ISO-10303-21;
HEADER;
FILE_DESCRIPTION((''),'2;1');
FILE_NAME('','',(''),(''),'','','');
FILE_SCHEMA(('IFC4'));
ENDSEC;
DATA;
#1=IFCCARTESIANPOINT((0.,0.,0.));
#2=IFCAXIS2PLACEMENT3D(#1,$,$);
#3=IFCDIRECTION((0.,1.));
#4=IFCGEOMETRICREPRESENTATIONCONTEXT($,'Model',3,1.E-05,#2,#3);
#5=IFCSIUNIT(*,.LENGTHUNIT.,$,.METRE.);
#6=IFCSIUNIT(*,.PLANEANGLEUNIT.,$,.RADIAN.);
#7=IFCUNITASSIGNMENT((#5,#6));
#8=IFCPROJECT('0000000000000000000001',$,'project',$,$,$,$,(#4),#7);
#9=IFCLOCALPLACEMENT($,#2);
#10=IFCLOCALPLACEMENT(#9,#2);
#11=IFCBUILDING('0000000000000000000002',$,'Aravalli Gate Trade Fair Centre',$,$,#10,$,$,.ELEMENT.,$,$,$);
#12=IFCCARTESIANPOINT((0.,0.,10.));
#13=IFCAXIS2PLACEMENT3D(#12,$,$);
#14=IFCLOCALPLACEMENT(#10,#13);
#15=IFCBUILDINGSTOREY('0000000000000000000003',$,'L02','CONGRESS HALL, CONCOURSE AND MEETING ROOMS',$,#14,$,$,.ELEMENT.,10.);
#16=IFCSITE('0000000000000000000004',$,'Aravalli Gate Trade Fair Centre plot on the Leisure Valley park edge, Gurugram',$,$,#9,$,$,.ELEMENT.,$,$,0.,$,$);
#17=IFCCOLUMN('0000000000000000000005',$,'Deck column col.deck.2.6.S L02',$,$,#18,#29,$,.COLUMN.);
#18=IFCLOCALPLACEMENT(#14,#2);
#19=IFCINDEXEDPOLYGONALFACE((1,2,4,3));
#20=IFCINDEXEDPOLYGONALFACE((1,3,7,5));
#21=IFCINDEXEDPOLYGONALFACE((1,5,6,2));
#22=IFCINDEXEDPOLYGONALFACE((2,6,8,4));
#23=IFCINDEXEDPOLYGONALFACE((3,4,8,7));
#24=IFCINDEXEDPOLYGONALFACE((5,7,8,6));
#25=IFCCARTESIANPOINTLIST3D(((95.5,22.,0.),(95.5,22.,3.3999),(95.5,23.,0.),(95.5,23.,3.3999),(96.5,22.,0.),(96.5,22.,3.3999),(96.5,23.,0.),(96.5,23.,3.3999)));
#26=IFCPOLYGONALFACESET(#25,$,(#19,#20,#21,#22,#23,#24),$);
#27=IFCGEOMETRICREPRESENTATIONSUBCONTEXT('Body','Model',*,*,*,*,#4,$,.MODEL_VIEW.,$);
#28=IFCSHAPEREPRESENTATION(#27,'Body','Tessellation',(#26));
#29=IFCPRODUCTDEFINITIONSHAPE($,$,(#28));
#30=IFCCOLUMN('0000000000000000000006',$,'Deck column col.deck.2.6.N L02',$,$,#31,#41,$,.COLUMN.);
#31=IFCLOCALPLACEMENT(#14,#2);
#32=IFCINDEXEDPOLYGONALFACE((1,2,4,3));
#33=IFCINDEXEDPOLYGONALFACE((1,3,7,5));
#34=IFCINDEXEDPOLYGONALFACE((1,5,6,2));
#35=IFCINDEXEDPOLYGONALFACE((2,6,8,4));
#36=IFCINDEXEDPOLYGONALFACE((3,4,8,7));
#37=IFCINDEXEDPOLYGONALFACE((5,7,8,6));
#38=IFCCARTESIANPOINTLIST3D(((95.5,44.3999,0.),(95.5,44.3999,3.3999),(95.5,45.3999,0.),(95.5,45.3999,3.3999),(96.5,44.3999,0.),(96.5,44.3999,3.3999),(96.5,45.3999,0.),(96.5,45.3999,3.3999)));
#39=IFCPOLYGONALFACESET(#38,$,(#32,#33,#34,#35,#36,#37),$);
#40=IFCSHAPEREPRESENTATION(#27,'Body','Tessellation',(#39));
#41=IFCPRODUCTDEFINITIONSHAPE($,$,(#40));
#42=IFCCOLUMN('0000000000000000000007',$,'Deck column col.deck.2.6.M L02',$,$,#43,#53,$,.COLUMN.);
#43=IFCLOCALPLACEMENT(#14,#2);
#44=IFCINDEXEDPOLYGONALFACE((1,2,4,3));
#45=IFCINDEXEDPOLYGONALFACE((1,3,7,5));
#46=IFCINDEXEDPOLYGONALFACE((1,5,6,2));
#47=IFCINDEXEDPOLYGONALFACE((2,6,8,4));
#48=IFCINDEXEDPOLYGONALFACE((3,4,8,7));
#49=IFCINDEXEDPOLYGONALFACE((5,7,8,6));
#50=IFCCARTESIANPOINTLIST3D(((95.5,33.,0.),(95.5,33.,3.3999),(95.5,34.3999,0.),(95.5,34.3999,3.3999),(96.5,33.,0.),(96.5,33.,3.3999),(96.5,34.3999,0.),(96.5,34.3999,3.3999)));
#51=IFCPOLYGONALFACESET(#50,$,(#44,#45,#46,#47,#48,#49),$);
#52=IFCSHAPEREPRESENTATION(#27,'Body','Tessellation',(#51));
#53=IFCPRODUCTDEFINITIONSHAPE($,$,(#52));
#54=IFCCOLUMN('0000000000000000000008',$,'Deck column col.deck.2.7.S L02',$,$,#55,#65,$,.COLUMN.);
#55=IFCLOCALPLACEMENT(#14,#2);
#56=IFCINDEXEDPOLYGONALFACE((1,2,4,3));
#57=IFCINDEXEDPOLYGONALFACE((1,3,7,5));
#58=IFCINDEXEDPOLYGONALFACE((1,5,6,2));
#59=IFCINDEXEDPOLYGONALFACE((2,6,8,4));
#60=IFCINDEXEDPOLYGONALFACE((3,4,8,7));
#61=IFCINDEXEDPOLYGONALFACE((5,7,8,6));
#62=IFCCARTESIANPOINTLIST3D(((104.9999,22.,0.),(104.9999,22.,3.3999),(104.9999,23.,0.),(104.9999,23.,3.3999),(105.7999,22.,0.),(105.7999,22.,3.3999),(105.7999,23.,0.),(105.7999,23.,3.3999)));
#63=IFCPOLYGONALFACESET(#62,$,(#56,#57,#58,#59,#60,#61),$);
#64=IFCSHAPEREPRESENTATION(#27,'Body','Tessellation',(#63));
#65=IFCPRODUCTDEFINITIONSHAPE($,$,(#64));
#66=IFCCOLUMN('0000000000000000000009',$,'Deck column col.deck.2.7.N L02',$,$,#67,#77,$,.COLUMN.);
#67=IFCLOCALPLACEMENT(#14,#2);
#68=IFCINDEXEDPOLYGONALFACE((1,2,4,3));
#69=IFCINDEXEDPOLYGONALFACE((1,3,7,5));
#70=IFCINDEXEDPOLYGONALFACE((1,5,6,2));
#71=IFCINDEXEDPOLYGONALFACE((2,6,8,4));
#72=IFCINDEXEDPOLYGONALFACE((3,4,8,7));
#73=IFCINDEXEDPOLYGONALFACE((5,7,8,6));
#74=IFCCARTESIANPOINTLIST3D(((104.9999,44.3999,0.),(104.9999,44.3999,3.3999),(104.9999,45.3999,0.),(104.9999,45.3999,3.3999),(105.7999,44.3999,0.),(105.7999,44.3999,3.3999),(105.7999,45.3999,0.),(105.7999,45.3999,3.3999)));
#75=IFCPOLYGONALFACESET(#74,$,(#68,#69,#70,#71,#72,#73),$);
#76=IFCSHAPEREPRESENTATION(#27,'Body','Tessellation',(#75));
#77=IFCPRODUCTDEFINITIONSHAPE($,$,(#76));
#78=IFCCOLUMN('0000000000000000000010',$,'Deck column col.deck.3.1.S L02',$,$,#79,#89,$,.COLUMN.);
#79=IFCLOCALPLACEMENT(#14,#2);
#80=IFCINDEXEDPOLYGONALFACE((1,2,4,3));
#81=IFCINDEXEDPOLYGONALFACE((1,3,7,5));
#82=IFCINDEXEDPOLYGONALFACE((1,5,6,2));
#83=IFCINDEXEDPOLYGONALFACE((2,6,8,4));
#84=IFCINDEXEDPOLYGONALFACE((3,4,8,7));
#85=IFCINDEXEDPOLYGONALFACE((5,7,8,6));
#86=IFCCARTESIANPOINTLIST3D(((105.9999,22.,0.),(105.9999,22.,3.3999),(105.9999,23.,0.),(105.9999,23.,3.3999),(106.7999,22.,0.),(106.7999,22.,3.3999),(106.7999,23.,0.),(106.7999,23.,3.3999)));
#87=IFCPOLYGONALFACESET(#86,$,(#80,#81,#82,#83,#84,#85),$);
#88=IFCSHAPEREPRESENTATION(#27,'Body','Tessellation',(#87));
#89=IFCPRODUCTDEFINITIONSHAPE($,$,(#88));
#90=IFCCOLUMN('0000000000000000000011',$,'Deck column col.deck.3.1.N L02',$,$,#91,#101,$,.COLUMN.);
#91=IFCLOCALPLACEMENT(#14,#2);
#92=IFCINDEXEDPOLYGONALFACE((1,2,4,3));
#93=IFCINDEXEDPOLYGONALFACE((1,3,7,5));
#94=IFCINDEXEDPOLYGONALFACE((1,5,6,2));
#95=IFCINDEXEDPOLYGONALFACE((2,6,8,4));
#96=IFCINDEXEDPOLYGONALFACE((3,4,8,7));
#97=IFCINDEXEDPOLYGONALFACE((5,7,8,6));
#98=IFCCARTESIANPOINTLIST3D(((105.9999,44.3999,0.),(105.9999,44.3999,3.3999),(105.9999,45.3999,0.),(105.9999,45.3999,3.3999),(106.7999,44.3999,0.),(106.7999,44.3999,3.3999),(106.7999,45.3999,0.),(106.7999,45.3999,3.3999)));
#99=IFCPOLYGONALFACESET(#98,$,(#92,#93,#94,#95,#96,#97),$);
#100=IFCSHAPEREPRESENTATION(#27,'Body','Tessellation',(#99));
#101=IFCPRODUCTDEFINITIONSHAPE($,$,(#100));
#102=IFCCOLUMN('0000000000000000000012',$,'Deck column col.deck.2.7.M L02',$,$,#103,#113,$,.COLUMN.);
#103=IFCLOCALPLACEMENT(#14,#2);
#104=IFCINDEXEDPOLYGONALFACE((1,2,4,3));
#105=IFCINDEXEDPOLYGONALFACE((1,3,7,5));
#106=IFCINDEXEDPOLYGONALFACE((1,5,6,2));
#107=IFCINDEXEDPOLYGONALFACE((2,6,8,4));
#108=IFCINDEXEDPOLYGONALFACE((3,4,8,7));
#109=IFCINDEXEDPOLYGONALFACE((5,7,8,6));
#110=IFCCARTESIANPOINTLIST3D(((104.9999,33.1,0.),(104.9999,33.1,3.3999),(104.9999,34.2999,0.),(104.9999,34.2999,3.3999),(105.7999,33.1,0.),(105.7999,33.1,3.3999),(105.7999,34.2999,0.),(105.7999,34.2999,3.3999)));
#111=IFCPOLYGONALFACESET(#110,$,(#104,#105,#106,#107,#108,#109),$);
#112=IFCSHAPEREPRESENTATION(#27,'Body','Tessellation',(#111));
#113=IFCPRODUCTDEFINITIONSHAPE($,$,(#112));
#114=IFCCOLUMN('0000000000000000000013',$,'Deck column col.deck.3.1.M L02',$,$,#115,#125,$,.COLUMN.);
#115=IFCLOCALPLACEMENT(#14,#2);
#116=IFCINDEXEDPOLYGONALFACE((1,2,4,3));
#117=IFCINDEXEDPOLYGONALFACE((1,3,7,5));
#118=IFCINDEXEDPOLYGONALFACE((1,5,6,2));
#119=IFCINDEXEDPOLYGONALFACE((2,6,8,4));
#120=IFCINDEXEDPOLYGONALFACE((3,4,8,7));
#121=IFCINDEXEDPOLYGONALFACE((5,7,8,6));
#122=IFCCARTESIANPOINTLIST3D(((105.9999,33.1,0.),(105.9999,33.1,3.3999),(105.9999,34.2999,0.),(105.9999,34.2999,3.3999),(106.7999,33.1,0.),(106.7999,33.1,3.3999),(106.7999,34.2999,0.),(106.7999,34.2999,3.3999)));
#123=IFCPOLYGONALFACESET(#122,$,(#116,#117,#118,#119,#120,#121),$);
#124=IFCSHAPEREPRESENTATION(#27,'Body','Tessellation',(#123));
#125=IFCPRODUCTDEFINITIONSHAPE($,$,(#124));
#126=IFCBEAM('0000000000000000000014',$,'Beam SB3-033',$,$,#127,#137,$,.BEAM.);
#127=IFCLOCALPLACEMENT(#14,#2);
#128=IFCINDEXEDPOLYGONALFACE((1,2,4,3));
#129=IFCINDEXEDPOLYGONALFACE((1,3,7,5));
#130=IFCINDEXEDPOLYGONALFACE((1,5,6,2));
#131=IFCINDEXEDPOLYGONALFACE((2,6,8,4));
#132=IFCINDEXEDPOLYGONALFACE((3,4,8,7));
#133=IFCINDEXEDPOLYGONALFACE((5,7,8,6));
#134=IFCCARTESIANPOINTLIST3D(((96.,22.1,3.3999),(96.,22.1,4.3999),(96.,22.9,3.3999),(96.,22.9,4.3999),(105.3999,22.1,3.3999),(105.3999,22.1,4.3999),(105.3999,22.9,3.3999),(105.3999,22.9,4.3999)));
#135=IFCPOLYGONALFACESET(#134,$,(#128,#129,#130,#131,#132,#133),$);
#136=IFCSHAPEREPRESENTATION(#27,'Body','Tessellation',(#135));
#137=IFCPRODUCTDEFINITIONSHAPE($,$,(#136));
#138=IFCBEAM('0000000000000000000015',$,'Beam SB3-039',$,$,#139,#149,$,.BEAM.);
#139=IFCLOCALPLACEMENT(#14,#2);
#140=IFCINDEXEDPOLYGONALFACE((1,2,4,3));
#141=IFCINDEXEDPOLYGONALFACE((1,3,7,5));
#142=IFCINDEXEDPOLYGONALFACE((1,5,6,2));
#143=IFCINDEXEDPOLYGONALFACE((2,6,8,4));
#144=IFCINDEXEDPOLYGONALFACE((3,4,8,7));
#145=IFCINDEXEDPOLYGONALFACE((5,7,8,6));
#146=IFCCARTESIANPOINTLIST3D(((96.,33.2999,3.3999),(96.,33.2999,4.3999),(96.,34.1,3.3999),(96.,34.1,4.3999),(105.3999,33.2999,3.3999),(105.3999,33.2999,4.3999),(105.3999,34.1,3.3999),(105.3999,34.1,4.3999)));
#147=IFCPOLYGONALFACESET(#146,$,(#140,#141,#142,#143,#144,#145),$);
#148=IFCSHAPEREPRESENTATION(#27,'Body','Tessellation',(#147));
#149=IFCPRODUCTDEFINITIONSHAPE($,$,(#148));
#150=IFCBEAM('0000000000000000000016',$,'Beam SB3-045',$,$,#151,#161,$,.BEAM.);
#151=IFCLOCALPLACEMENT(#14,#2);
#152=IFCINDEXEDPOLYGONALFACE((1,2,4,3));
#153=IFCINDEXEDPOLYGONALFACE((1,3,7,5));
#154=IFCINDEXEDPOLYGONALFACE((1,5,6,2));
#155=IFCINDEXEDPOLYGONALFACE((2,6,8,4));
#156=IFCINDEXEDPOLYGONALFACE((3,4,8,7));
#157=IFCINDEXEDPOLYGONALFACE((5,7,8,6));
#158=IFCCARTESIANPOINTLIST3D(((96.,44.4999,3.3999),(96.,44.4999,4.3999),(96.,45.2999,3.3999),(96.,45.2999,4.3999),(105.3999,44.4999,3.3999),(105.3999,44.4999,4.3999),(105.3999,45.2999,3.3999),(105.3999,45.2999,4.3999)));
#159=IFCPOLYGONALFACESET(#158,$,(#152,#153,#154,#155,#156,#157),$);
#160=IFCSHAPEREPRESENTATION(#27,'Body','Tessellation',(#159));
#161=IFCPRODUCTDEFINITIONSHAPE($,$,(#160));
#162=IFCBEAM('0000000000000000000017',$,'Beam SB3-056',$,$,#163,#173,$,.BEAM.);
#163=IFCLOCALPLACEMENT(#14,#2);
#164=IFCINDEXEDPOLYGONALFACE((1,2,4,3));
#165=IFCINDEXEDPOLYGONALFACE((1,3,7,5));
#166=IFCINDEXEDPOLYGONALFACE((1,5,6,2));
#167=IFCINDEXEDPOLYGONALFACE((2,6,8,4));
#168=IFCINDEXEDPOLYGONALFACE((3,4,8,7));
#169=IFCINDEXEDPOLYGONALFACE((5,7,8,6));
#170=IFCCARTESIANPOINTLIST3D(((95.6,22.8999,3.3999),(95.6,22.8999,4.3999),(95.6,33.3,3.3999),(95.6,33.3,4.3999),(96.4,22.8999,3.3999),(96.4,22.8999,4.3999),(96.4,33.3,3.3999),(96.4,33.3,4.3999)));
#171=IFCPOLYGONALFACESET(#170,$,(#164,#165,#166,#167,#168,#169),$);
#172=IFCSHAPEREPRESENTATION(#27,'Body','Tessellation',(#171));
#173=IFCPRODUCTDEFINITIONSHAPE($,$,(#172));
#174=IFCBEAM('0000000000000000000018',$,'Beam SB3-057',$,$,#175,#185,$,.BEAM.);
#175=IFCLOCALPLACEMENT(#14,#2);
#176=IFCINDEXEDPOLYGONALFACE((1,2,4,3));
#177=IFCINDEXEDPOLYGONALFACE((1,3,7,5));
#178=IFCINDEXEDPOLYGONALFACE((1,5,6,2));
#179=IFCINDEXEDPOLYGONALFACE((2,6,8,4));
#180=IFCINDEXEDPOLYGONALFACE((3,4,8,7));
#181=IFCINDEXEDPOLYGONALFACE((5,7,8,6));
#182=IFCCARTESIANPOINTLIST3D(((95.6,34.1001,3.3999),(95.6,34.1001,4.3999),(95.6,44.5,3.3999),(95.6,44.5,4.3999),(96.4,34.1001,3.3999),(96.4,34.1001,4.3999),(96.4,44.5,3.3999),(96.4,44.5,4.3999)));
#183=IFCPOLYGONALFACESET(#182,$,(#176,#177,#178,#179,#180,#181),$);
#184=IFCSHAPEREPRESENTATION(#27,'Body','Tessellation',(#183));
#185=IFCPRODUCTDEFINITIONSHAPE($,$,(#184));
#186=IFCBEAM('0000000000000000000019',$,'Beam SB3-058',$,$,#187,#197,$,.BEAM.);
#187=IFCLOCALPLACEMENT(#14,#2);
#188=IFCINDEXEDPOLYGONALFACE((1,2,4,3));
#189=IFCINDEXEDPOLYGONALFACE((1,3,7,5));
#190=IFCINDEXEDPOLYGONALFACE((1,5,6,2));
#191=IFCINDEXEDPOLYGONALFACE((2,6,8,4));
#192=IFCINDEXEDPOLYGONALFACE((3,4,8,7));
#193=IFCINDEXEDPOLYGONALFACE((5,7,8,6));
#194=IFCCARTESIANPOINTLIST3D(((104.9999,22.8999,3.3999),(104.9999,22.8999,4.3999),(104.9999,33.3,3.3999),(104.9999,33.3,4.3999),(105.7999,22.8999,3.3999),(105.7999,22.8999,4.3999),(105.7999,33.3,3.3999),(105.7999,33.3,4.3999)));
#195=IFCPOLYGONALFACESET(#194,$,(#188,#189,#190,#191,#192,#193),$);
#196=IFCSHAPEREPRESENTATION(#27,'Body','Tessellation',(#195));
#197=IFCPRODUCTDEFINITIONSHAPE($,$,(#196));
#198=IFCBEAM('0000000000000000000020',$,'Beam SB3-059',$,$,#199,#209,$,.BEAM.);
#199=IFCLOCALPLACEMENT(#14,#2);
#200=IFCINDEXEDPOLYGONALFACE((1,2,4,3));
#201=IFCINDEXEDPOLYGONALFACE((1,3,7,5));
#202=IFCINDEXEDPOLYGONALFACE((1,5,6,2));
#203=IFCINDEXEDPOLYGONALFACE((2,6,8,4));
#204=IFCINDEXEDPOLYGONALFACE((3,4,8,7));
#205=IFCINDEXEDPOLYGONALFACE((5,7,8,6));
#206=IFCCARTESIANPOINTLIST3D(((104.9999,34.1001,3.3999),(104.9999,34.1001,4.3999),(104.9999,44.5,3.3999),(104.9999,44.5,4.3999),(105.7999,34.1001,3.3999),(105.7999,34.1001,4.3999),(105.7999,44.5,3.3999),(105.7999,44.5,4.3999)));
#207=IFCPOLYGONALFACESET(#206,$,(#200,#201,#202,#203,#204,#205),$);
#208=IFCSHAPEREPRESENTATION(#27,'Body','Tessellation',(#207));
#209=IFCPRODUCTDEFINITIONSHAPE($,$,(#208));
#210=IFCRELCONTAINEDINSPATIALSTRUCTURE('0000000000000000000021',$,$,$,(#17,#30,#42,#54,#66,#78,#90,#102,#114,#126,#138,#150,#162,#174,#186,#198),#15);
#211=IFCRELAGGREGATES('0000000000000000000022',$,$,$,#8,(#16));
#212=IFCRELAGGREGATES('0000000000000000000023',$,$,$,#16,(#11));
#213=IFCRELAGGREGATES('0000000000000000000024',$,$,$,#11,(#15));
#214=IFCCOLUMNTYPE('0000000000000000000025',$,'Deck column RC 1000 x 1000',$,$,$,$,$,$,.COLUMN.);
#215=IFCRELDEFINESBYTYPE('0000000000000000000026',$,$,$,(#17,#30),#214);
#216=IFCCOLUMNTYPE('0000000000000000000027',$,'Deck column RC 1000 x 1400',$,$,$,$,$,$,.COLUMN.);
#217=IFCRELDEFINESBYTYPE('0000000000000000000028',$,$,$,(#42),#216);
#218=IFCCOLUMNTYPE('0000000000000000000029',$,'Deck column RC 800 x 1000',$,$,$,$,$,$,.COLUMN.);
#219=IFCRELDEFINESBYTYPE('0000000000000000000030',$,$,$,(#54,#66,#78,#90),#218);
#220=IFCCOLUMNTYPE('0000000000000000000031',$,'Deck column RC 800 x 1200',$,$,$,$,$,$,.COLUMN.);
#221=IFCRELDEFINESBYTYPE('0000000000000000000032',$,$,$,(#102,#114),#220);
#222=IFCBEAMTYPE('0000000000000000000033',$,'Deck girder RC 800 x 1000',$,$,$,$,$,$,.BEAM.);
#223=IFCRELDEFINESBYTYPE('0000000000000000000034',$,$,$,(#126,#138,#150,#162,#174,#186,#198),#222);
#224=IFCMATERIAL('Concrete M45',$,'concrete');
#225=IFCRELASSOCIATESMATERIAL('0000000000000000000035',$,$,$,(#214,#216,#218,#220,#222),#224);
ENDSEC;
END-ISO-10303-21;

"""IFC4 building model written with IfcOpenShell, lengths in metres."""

from ifc_helpers import new_model, si_unit, direction, frame, origin, origin_2d, place, context, subcontext, project, spatial, rectangle, extrude, material, material_profile, profile_set, type_object, element, save


model = new_model("IFC4")

# Units and contexts
model_context = context("Model", 3, precision=1e-05, world=origin(), true_north=direction((0.0, 1.0)))
body_context = subcontext(model_context, "Body", "Model", "MODEL_VIEW")
ifc_project = project(units=[si_unit("LENGTHUNIT", "METRE"), si_unit("PLANEANGLEUNIT", "RADIAN")], contexts=[model_context])

# Site, building, storey
site_placement = place(None, origin())
site = spatial("IfcSite", under=ifc_project, at=site_placement, Name="Aravalli Gate Trade Fair Centre plot on the Leisure Valley park edge, Gurugram", CompositionType="ELEMENT", RefElevation=0.0)
building_placement = place(site_placement, origin())
building = spatial("IfcBuilding", under=site, at=building_placement, Name="Aravalli Gate Trade Fair Centre", CompositionType="ELEMENT")
storey_placement = place(building_placement, frame((0.0, 0.0, 10.0)))
storey = spatial("IfcBuildingStorey", under=building, at=storey_placement, Name="L02", Description="CONGRESS HALL, CONCOURSE AND MEETING ROOMS", CompositionType="ELEMENT", Elevation=10.0)

# Columns
ifc_material = material(Name="Concrete M45", Category="concrete")
ifc_material_profile_1 = material_profile(ifc_material, rectangle(XDim=1.0, YDim=1.0, at=origin_2d()), Name="Deck column RC 1000 x 1000")
ifc_profile_set_1 = profile_set([ifc_material_profile_1], Name="Concrete M45")
column_type_1 = type_object("IfcColumnType", Name="Deck column RC 1000 x 1000", PredefinedType="COLUMN", material=ifc_profile_set_1)
for number, where, z_axis, x_axis, name in (
    (1, (96.0, 22.5, 0.0), (0.0, 0.0, 1.0), (1.0, 0.0, 0.0), "Deck column col.deck.2.6.S L02"),
    (2, (96.0, 44.8999, 0.0), (0.0, 0.0, 1.0), (1.0, 0.0, 0.0), "Deck column col.deck.2.6.N L02"),
):
    element("IfcColumn", number, at=place(storey_placement, frame(where, z_axis=z_axis, x_axis=x_axis)), inside=storey, type_object=column_type_1, Name=name, PredefinedType="COLUMN", context=body_context, shape_type="SweptSolid", body=[
        extrude(rectangle(XDim=1.0, YDim=1.0, at=origin_2d()), origin(), (0.0, 0.0, 1.0), 3.3999),
    ])
ifc_material_profile_2 = material_profile(ifc_material, rectangle(XDim=1.0, YDim=1.3999, at=origin_2d()), Name="Deck column RC 1000 x 1400")
ifc_profile_set_2 = profile_set([ifc_material_profile_2], Name="Concrete M45")
column_type_2 = type_object("IfcColumnType", Name="Deck column RC 1000 x 1400", PredefinedType="COLUMN", material=ifc_profile_set_2)
column_placement = place(storey_placement, frame((96.0, 33.7, 0.0), z_axis=(0.0, 0.0, 1.0), x_axis=(1.0, 0.0, 0.0)))
element("IfcColumn", 3, at=column_placement, inside=storey, type_object=column_type_2, Name="Deck column col.deck.2.6.M L02", PredefinedType="COLUMN", context=body_context, shape_type="SweptSolid", body=[
    extrude(rectangle(XDim=1.0, YDim=1.3999, at=origin_2d()), origin(), (0.0, 0.0, 1.0), 3.3999),
])
ifc_material_profile_3 = material_profile(ifc_material, rectangle(XDim=0.8, YDim=1.0, at=origin_2d()), Name="Deck column RC 800 x 1000")
ifc_profile_set_3 = profile_set([ifc_material_profile_3], Name="Concrete M45")
column_type_3 = type_object("IfcColumnType", Name="Deck column RC 800 x 1000", PredefinedType="COLUMN", material=ifc_profile_set_3)
for number, where, z_axis, x_axis, name in (
    (4, (105.3999, 22.5, 0.0), (0.0, 0.0, 1.0), (1.0, 0.0, 0.0), "Deck column col.deck.2.7.S L02"),
    (5, (105.3999, 44.8999, 0.0), (0.0, 0.0, 1.0), (1.0, 0.0, 0.0), "Deck column col.deck.2.7.N L02"),
    (6, (106.3999, 22.5, 0.0), (0.0, 0.0, 1.0), (1.0, 0.0, 0.0), "Deck column col.deck.3.1.S L02"),
    (7, (106.3999, 44.8999, 0.0), (0.0, 0.0, 1.0), (1.0, 0.0, 0.0), "Deck column col.deck.3.1.N L02"),
):
    element("IfcColumn", number, at=place(storey_placement, frame(where, z_axis=z_axis, x_axis=x_axis)), inside=storey, type_object=column_type_3, Name=name, PredefinedType="COLUMN", context=body_context, shape_type="SweptSolid", body=[
        extrude(rectangle(XDim=0.8, YDim=1.0, at=origin_2d()), origin(), (0.0, 0.0, 1.0), 3.3999),
    ])
ifc_material_profile_4 = material_profile(ifc_material, rectangle(XDim=0.8, YDim=1.2, at=origin_2d()), Name="Deck column RC 800 x 1200")
ifc_profile_set_4 = profile_set([ifc_material_profile_4], Name="Concrete M45")
column_type_4 = type_object("IfcColumnType", Name="Deck column RC 800 x 1200", PredefinedType="COLUMN", material=ifc_profile_set_4)
for number, where, z_axis, x_axis, name in (
    (8, (105.3999, 33.7, 0.0), (0.0, 0.0, 1.0), (1.0, 0.0, 0.0), "Deck column col.deck.2.7.M L02"),
    (9, (106.3999, 33.7, 0.0), (0.0, 0.0, 1.0), (1.0, 0.0, 0.0), "Deck column col.deck.3.1.M L02"),
):
    element("IfcColumn", number, at=place(storey_placement, frame(where, z_axis=z_axis, x_axis=x_axis)), inside=storey, type_object=column_type_4, Name=name, PredefinedType="COLUMN", context=body_context, shape_type="SweptSolid", body=[
        extrude(rectangle(XDim=0.8, YDim=1.2, at=origin_2d()), origin(), (0.0, 0.0, 1.0), 3.3999),
    ])

# Beams
ifc_material_profile_5 = material_profile(ifc_material, rectangle(XDim=0.8, YDim=1.0, at=origin_2d()), Name="Deck girder RC 800 x 1000")
ifc_profile_set_5 = profile_set([ifc_material_profile_5], Name="Concrete M45")
beam_type_1 = type_object("IfcBeamType", Name="Deck girder RC 800 x 1000", PredefinedType="BEAM", material=ifc_profile_set_5)
for number, where, z_axis, x_axis, name in (
    (10, (96.0, 22.5, 3.8999), (1.0, 0.0, 0.0), (0.0, 1.0, 0.0), "Beam SB3-033"),
    (11, (96.0, 33.7, 3.8999), (1.0, 0.0, 0.0), (0.0, 1.0, 0.0), "Beam SB3-039"),
    (12, (96.0, 44.8999, 3.8999), (1.0, 0.0, 0.0), (0.0, 1.0, 0.0), "Beam SB3-045"),
):
    element("IfcBeam", number, at=place(storey_placement, frame(where, z_axis=z_axis, x_axis=x_axis)), inside=storey, type_object=beam_type_1, Name=name, PredefinedType="BEAM", context=body_context, shape_type="SweptSolid", body=[
        extrude(rectangle(XDim=0.8, YDim=1.0, at=origin_2d()), origin(), (0.0, 0.0, 1.0), 9.3999),
    ])
beam_1_placement = place(storey_placement, frame((96.0, 22.8999, 3.8999), z_axis=(0.0, 1.0, 0.0), x_axis=(-1.0, 0.0, 0.0)))
element("IfcBeam", 13, at=beam_1_placement, inside=storey, type_object=beam_type_1, Name="Beam SB3-056", PredefinedType="BEAM", context=body_context, shape_type="SweptSolid", body=[
    extrude(rectangle(XDim=0.8, YDim=1.0, at=origin_2d()), origin(), (0.0, 0.0, 1.0), 10.4001),
])
beam_2_placement = place(storey_placement, frame((96.0, 34.1001, 3.8999), z_axis=(0.0, 1.0, 0.0), x_axis=(-1.0, 0.0, 0.0)))
element("IfcBeam", 14, at=beam_2_placement, inside=storey, type_object=beam_type_1, Name="Beam SB3-057", PredefinedType="BEAM", context=body_context, shape_type="SweptSolid", body=[
    extrude(rectangle(XDim=0.8, YDim=1.0, at=origin_2d()), origin(), (0.0, 0.0, 1.0), 10.3999),
])
beam_3_placement = place(storey_placement, frame((105.3999, 22.8999, 3.8999), z_axis=(0.0, 1.0, 0.0), x_axis=(-1.0, 0.0, 0.0)))
element("IfcBeam", 15, at=beam_3_placement, inside=storey, type_object=beam_type_1, Name="Beam SB3-058", PredefinedType="BEAM", context=body_context, shape_type="SweptSolid", body=[
    extrude(rectangle(XDim=0.8, YDim=1.0, at=origin_2d()), origin(), (0.0, 0.0, 1.0), 10.4001),
])
beam_4_placement = place(storey_placement, frame((105.3999, 34.1001, 3.8999), z_axis=(0.0, 1.0, 0.0), x_axis=(-1.0, 0.0, 0.0)))
element("IfcBeam", 16, at=beam_4_placement, inside=storey, type_object=beam_type_1, Name="Beam SB3-059", PredefinedType="BEAM", context=body_context, shape_type="SweptSolid", body=[
    extrude(rectangle(XDim=0.8, YDim=1.0, at=origin_2d()), origin(), (0.0, 0.0, 1.0), 10.3999),
])

save(model, "model.ifc")
